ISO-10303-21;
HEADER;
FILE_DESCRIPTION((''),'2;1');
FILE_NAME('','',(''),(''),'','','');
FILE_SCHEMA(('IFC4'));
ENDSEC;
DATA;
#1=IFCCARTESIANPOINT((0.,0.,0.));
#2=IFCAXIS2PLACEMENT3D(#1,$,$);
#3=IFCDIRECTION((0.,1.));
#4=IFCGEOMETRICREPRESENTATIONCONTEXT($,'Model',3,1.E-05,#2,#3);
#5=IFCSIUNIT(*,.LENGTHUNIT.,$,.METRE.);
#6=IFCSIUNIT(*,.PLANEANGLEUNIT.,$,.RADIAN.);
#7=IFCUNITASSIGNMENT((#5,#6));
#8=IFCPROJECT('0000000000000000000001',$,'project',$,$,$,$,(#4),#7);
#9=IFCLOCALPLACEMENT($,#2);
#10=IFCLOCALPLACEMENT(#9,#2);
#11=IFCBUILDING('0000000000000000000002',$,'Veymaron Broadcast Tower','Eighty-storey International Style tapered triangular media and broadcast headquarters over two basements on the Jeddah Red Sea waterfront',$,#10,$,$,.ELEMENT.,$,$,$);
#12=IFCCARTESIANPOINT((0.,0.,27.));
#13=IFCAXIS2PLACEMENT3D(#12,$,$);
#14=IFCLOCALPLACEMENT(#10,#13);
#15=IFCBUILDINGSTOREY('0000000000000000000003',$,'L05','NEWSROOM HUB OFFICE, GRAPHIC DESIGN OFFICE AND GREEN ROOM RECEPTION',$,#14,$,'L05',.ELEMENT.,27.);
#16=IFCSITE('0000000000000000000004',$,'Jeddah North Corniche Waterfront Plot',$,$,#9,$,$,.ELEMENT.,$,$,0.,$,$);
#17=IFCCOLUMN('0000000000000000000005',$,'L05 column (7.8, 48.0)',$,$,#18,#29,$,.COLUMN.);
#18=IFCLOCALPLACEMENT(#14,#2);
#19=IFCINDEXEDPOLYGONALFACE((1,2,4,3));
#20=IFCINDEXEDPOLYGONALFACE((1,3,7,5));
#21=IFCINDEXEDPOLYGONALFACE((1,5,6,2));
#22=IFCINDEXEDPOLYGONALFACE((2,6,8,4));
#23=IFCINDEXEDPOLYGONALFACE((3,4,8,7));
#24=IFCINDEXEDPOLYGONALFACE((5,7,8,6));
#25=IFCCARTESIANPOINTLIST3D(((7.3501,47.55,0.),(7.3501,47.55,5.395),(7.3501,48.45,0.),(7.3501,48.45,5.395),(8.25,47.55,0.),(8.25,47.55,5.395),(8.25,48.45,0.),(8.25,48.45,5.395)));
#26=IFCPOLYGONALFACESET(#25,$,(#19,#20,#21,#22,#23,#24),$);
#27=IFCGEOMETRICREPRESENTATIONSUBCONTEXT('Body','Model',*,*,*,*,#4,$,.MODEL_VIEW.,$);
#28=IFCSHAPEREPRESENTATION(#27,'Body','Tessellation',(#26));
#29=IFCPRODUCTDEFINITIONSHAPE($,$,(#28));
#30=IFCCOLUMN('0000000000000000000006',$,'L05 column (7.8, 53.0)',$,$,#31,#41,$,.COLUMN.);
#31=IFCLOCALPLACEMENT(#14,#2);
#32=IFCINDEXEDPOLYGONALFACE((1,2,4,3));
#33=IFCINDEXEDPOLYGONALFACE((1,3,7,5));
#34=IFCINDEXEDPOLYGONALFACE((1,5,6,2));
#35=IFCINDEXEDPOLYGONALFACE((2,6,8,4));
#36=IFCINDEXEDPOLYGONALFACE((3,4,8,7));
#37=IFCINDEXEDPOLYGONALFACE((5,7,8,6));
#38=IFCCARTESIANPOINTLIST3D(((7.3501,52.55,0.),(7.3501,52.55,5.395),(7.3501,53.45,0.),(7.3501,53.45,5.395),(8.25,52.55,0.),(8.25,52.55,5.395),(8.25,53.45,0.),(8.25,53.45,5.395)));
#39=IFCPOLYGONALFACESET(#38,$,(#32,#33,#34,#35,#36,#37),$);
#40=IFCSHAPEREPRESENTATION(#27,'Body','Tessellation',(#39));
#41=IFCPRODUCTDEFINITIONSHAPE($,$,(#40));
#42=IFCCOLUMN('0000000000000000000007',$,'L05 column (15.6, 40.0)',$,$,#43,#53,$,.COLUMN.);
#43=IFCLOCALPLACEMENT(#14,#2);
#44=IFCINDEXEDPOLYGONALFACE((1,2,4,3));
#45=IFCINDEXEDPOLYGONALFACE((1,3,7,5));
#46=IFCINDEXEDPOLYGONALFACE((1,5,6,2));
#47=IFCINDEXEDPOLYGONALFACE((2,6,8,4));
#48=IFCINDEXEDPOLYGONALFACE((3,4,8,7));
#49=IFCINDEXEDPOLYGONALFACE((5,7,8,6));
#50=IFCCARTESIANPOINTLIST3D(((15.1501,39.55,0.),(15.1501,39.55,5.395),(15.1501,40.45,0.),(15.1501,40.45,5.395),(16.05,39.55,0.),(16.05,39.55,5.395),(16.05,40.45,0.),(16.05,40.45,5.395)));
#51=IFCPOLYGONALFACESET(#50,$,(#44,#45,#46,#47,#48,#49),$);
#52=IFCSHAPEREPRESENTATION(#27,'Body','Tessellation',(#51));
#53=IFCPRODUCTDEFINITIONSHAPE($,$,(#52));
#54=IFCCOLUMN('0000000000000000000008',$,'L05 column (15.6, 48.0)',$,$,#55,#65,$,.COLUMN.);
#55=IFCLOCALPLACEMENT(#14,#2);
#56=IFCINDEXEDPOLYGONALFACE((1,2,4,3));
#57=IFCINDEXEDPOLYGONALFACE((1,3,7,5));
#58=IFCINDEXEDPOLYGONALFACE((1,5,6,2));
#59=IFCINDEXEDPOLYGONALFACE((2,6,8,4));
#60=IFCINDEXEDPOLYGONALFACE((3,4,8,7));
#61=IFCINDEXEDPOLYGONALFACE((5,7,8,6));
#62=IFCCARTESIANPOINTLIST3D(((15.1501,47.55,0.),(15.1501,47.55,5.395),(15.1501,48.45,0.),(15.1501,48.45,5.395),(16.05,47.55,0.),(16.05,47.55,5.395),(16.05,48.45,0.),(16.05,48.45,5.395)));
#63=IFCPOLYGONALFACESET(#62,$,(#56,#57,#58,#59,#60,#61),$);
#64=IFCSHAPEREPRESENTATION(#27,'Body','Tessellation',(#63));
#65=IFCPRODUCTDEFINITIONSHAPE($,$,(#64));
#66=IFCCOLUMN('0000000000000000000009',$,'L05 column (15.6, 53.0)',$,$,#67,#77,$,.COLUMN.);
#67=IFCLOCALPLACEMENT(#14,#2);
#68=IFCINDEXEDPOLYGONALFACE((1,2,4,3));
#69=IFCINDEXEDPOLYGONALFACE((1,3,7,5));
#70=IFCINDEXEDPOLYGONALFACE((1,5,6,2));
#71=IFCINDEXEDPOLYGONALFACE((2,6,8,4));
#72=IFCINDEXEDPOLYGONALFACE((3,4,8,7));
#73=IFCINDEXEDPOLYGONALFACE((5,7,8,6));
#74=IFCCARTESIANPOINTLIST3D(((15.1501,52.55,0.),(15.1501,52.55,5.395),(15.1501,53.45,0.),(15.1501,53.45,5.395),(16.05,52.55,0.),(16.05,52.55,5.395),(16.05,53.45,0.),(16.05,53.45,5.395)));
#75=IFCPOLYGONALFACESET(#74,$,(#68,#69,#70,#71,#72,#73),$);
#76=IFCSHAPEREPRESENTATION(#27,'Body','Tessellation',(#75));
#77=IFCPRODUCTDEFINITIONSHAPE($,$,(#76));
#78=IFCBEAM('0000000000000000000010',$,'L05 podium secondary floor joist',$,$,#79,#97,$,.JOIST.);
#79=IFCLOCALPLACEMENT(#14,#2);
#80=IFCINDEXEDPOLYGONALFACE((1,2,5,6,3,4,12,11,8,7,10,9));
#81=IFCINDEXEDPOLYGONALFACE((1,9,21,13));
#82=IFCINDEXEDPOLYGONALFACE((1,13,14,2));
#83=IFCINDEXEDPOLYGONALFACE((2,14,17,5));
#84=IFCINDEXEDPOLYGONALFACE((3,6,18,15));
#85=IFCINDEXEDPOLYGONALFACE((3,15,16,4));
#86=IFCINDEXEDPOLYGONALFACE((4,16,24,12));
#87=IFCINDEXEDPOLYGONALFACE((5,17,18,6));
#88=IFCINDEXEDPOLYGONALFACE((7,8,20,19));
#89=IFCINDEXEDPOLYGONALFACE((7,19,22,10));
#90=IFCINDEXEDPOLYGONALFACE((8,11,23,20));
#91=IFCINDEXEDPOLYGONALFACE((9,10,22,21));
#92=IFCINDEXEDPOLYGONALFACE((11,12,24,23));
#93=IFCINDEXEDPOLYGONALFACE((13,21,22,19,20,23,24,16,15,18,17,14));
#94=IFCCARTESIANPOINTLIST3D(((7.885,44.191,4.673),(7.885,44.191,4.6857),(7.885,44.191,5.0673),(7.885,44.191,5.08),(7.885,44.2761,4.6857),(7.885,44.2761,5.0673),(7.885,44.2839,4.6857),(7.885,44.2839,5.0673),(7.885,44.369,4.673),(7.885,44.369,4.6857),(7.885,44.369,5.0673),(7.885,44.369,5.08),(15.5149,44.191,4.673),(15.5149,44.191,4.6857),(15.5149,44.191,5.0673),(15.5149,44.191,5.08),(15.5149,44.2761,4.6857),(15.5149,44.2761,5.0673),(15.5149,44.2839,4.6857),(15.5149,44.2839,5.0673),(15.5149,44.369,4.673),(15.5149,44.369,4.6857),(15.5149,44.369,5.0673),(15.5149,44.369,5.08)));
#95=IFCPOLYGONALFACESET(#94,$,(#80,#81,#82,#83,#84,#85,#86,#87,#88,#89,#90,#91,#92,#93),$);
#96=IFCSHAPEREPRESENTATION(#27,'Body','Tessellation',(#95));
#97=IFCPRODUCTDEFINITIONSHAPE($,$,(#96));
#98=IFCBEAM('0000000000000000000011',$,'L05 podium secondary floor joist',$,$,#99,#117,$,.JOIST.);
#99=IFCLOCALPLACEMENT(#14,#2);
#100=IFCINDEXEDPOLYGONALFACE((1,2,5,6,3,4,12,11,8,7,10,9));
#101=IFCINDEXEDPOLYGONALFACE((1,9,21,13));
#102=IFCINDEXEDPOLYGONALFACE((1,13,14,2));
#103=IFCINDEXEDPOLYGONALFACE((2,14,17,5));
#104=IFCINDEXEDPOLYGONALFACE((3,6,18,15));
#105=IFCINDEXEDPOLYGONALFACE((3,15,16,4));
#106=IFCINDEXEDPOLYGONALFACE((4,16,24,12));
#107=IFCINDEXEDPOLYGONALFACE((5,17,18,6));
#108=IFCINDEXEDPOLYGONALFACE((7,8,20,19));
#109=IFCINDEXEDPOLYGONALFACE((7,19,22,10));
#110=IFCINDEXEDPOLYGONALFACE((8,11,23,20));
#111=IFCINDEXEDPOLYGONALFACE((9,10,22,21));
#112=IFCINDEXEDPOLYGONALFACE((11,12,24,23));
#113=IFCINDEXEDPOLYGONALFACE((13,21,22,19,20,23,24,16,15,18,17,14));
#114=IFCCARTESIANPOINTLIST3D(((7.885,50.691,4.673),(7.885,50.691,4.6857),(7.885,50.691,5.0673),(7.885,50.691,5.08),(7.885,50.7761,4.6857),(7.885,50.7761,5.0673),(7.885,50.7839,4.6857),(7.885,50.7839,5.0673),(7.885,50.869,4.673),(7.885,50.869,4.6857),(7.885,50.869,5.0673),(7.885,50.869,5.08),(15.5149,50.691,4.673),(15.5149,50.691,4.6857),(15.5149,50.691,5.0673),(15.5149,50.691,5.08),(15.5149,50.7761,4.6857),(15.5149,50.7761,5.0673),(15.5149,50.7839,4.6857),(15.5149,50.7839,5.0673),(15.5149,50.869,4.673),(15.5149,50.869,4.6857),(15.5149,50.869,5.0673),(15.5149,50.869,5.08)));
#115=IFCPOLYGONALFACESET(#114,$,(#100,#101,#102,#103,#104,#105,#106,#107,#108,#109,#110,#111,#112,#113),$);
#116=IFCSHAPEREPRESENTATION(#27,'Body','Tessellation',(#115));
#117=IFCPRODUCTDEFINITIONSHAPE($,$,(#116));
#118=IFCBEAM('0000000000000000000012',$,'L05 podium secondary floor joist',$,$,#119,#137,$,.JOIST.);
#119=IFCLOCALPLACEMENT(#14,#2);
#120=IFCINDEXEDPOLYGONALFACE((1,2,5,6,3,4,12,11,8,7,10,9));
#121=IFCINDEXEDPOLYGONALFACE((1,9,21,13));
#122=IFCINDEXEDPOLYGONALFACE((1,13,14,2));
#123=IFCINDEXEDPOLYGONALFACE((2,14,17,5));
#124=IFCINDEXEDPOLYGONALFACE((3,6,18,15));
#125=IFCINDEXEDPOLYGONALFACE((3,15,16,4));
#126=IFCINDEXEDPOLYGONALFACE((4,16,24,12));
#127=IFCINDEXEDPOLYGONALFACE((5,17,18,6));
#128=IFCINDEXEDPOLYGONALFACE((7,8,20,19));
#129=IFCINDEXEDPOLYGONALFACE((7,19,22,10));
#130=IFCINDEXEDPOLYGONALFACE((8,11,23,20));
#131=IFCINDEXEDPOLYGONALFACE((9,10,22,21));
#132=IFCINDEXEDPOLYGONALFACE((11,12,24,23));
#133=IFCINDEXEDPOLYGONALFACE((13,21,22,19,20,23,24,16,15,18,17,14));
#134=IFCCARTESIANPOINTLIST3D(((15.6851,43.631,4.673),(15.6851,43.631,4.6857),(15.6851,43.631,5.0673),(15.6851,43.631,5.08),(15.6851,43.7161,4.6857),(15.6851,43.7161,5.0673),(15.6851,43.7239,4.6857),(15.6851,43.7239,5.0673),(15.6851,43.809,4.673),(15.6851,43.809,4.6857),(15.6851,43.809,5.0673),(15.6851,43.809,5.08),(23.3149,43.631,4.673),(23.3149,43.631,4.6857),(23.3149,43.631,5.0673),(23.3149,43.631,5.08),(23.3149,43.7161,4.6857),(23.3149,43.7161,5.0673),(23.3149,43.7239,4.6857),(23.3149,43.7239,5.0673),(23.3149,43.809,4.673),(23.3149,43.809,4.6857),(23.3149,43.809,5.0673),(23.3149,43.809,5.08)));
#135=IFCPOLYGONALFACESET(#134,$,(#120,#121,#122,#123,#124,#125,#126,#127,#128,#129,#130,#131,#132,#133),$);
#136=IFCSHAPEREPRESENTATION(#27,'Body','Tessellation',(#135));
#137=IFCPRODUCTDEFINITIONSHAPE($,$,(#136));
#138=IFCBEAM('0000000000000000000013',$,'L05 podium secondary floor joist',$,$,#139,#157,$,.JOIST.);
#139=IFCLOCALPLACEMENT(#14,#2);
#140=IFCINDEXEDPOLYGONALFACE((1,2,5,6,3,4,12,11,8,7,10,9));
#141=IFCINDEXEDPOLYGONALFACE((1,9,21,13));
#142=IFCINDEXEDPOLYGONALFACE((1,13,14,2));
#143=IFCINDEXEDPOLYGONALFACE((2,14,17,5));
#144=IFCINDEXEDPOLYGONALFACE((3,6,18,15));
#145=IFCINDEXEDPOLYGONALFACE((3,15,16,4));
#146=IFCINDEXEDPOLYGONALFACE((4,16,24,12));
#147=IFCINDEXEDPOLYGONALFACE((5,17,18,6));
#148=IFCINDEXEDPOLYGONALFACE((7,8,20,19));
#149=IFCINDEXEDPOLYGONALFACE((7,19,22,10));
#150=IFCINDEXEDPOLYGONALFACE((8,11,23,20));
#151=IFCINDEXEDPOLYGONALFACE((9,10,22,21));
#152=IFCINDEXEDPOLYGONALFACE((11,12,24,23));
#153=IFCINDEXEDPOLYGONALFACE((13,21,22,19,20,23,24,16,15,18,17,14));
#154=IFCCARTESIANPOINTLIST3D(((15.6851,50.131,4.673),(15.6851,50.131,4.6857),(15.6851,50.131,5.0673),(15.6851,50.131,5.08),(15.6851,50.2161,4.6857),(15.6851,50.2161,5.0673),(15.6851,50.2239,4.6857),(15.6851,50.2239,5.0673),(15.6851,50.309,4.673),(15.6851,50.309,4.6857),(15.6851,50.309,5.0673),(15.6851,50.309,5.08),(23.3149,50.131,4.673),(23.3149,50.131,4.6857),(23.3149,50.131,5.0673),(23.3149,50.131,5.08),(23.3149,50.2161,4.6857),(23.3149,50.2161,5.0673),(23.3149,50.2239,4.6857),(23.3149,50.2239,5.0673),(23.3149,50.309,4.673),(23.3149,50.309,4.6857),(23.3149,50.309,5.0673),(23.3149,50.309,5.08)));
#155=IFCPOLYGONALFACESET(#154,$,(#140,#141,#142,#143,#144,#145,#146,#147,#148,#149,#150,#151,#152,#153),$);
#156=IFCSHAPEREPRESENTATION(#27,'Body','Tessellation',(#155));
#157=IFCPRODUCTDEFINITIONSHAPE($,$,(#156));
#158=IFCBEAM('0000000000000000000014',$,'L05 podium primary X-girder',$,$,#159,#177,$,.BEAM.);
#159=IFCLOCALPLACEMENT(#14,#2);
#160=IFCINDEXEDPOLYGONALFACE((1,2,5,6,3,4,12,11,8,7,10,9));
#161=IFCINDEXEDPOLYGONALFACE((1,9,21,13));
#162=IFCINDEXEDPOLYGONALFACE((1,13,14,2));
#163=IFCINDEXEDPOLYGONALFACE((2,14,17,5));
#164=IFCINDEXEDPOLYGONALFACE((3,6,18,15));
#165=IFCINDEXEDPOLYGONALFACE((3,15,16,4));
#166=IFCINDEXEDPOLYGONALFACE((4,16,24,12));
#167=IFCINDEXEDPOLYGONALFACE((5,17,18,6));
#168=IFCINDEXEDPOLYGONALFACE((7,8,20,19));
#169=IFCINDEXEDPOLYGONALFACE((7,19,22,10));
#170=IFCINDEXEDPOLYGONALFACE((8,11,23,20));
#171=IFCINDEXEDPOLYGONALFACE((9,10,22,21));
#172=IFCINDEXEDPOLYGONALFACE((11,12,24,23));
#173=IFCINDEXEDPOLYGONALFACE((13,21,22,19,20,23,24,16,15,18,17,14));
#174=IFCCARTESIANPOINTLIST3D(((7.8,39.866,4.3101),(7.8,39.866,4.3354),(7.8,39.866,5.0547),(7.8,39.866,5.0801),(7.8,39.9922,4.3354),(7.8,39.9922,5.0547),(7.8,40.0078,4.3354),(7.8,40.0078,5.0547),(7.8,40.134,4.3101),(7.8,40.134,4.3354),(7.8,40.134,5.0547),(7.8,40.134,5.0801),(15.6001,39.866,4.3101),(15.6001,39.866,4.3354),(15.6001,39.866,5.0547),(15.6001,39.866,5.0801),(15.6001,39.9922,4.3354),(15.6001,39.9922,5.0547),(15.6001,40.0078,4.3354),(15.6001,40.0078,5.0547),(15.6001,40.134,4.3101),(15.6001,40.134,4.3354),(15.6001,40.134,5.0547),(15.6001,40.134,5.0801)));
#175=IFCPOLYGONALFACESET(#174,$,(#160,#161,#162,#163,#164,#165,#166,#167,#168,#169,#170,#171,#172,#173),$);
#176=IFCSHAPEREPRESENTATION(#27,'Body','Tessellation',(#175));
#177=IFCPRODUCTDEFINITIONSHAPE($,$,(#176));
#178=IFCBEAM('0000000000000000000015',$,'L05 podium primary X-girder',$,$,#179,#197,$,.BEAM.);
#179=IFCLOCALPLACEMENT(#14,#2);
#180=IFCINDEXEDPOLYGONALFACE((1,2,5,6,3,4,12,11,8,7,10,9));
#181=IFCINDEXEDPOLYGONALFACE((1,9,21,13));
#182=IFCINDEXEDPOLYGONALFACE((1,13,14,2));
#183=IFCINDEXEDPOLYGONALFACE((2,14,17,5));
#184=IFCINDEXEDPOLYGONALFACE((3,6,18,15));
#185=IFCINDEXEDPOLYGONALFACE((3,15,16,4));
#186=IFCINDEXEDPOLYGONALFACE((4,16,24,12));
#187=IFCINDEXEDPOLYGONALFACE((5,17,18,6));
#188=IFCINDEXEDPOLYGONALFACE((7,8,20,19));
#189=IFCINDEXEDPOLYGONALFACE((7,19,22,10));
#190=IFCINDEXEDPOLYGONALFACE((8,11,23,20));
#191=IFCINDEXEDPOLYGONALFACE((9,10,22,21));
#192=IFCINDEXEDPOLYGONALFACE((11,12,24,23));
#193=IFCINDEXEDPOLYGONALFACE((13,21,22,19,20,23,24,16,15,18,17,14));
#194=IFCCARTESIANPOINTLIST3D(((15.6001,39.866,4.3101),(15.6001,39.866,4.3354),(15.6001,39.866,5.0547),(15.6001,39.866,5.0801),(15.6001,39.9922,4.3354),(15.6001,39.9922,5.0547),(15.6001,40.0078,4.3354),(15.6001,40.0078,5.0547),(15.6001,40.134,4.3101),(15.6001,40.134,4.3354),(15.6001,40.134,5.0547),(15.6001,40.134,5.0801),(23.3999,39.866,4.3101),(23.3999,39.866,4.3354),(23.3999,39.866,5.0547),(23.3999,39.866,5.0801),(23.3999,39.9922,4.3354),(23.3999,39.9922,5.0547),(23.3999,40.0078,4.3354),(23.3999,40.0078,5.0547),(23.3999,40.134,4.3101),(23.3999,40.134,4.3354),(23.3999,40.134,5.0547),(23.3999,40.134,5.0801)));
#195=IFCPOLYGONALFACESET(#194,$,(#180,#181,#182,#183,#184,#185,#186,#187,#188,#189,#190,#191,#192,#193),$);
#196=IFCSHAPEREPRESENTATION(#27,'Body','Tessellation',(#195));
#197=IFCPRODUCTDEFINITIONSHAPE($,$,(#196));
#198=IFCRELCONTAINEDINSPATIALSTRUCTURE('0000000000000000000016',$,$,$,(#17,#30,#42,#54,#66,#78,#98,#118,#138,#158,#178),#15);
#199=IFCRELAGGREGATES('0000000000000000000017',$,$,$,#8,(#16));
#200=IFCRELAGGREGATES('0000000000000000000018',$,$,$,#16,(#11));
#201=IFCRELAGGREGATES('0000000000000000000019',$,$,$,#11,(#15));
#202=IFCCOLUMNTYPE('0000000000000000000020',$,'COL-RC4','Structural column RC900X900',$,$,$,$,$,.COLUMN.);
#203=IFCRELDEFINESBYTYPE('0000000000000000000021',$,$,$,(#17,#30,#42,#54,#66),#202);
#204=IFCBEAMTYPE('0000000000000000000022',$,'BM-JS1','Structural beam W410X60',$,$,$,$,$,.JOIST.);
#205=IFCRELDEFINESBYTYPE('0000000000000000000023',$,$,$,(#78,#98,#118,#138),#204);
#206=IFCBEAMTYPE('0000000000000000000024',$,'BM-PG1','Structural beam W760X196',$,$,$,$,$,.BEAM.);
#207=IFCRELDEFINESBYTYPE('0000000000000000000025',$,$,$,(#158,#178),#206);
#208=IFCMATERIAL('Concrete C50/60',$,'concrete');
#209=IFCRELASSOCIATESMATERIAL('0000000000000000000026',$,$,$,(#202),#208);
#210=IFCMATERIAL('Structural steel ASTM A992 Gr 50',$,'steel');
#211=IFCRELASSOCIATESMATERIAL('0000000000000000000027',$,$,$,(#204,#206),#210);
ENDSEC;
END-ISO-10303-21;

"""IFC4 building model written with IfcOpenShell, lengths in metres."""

from ifc_helpers import new_model, si_unit, direction, frame, origin, origin_2d, place, context, subcontext, project, spatial, rectangle, i_section, extrude, material, material_profile, profile_set, type_object, element, save


model = new_model("IFC4")

# Units and contexts
model_context = context("Model", 3, precision=1e-05, world=origin(), true_north=direction((0.0, 1.0)))
body_context = subcontext(model_context, "Body", "Model", "MODEL_VIEW")
ifc_project = project(units=[si_unit("LENGTHUNIT", "METRE"), si_unit("PLANEANGLEUNIT", "RADIAN")], contexts=[model_context])

# Site, building, storey
site_placement = place(None, origin())
site = spatial("IfcSite", under=ifc_project, at=site_placement, Name="Jeddah North Corniche Waterfront Plot", CompositionType="ELEMENT", RefElevation=0.0)
building_placement = place(site_placement, origin())
building = spatial("IfcBuilding", under=site, at=building_placement, Name="Veymaron Broadcast Tower", Description="Eighty-storey International Style tapered triangular media and broadcast headquarters over two basements on the Jeddah Red Sea waterfront", CompositionType="ELEMENT")
storey_placement = place(building_placement, frame((0.0, 0.0, 27.0)))
storey = spatial("IfcBuildingStorey", under=building, at=storey_placement, Name="L05", Description="NEWSROOM HUB OFFICE, GRAPHIC DESIGN OFFICE AND GREEN ROOM RECEPTION", LongName="L05", CompositionType="ELEMENT", Elevation=27.0)

# Columns
ifc_material_1 = material(Name="Concrete C50/60", Category="concrete")
ifc_material_profile_1 = material_profile(ifc_material_1, rectangle(XDim=0.8999, YDim=0.8999, at=origin_2d()), Name="RC900X900")
ifc_profile_set_1 = profile_set([ifc_material_profile_1], Name="Concrete C50/60")
column_type = type_object("IfcColumnType", Name="COL-RC4", Description="Structural column RC900X900", PredefinedType="COLUMN", material=ifc_profile_set_1)
for number, where, z_axis, x_axis, name in (
    (1, (7.8, 48.0, 0.0), (0.0, 0.0, 1.0), (1.0, 0.0, 0.0), "L05 column (7.8, 48.0)"),
    (2, (7.8, 53.0, 0.0), (0.0, 0.0, 1.0), (1.0, 0.0, 0.0), "L05 column (7.8, 53.0)"),
    (3, (15.6001, 40.0, 0.0), (0.0, 0.0, 1.0), (1.0, 0.0, 0.0), "L05 column (15.6, 40.0)"),
    (4, (15.6001, 48.0, 0.0), (0.0, 0.0, 1.0), (1.0, 0.0, 0.0), "L05 column (15.6, 48.0)"),
    (5, (15.6001, 53.0, 0.0), (0.0, 0.0, 1.0), (1.0, 0.0, 0.0), "L05 column (15.6, 53.0)"),
):
    element("IfcColumn", number, at=place(storey_placement, frame(where, z_axis=z_axis, x_axis=x_axis)), inside=storey, type_object=column_type, Name=name, PredefinedType="COLUMN", context=body_context, shape_type="SweptSolid", body=[
        extrude(rectangle(XDim=0.8999, YDim=0.8999, at=origin_2d()), origin(), (0.0, 0.0, 1.0), 5.395),
    ])

# Beams
ifc_material_2 = material(Name="Structural steel ASTM A992 Gr 50", Category="steel")
ifc_material_profile_2 = material_profile(ifc_material_2, i_section(OverallWidth=0.178, OverallDepth=0.407, WebThickness=0.0078, FlangeThickness=0.0127, at=origin_2d()), Name="W410X60")
ifc_profile_set_2 = profile_set([ifc_material_profile_2], Name="Structural steel ASTM A992 Gr 50")
beam_type_1 = type_object("IfcBeamType", Name="BM-JS1", Description="Structural beam W410X60", PredefinedType="JOIST", material=ifc_profile_set_2)
for number, where, z_axis, x_axis, name in (
    (6, (7.885, 44.28, 4.8765), (1.0, 0.0, 0.0), (0.0, 1.0, 0.0), "L05 podium secondary floor joist"),
    (7, (7.885, 50.78, 4.8765), (1.0, 0.0, 0.0), (0.0, 1.0, 0.0), "L05 podium secondary floor joist"),
    (8, (15.6851, 43.72, 4.8765), (1.0, 0.0, 0.0), (0.0, 1.0, 0.0), "L05 podium secondary floor joist"),
    (9, (15.6851, 50.22, 4.8765), (1.0, 0.0, 0.0), (0.0, 1.0, 0.0), "L05 podium secondary floor joist"),
):
    element("IfcBeam", number, at=place(storey_placement, frame(where, z_axis=z_axis, x_axis=x_axis)), inside=storey, type_object=beam_type_1, Name=name, PredefinedType="JOIST", context=body_context, shape_type="SweptSolid", body=[
        extrude(i_section(OverallWidth=0.178, OverallDepth=0.407, WebThickness=0.0078, FlangeThickness=0.0127, at=origin_2d()), origin(), (0.0, 0.0, 1.0), 7.6299),
    ])
ifc_material_profile_3 = material_profile(ifc_material_2, i_section(OverallWidth=0.2681, OverallDepth=0.77, WebThickness=0.0156, FlangeThickness=0.0254, at=origin_2d()), Name="W760X196")
ifc_profile_set_3 = profile_set([ifc_material_profile_3], Name="Structural steel ASTM A992 Gr 50")
beam_type_2 = type_object("IfcBeamType", Name="BM-PG1", Description="Structural beam W760X196", PredefinedType="BEAM", material=ifc_profile_set_3)
beam_1_placement = place(storey_placement, frame((7.8, 40.0, 4.6951), z_axis=(1.0, 0.0, 0.0), x_axis=(0.0, 1.0, 0.0)))
element("IfcBeam", 10, at=beam_1_placement, inside=storey, type_object=beam_type_2, Name="L05 podium primary X-girder", PredefinedType="BEAM", context=body_context, shape_type="SweptSolid", body=[
    extrude(i_section(OverallWidth=0.2681, OverallDepth=0.77, WebThickness=0.0156, FlangeThickness=0.0254, at=origin_2d()), origin(), (0.0, 0.0, 1.0), 7.8),
])
beam_2_placement = place(storey_placement, frame((15.6001, 40.0, 4.6951), z_axis=(1.0, 0.0, 0.0), x_axis=(0.0, 1.0, 0.0)))
element("IfcBeam", 11, at=beam_2_placement, inside=storey, type_object=beam_type_2, Name="L05 podium primary X-girder", PredefinedType="BEAM", context=body_context, shape_type="SweptSolid", body=[
    extrude(i_section(OverallWidth=0.2681, OverallDepth=0.77, WebThickness=0.0156, FlangeThickness=0.0254, at=origin_2d()), origin(), (0.0, 0.0, 1.0), 7.7998),
])

save(model, "model.ifc")
